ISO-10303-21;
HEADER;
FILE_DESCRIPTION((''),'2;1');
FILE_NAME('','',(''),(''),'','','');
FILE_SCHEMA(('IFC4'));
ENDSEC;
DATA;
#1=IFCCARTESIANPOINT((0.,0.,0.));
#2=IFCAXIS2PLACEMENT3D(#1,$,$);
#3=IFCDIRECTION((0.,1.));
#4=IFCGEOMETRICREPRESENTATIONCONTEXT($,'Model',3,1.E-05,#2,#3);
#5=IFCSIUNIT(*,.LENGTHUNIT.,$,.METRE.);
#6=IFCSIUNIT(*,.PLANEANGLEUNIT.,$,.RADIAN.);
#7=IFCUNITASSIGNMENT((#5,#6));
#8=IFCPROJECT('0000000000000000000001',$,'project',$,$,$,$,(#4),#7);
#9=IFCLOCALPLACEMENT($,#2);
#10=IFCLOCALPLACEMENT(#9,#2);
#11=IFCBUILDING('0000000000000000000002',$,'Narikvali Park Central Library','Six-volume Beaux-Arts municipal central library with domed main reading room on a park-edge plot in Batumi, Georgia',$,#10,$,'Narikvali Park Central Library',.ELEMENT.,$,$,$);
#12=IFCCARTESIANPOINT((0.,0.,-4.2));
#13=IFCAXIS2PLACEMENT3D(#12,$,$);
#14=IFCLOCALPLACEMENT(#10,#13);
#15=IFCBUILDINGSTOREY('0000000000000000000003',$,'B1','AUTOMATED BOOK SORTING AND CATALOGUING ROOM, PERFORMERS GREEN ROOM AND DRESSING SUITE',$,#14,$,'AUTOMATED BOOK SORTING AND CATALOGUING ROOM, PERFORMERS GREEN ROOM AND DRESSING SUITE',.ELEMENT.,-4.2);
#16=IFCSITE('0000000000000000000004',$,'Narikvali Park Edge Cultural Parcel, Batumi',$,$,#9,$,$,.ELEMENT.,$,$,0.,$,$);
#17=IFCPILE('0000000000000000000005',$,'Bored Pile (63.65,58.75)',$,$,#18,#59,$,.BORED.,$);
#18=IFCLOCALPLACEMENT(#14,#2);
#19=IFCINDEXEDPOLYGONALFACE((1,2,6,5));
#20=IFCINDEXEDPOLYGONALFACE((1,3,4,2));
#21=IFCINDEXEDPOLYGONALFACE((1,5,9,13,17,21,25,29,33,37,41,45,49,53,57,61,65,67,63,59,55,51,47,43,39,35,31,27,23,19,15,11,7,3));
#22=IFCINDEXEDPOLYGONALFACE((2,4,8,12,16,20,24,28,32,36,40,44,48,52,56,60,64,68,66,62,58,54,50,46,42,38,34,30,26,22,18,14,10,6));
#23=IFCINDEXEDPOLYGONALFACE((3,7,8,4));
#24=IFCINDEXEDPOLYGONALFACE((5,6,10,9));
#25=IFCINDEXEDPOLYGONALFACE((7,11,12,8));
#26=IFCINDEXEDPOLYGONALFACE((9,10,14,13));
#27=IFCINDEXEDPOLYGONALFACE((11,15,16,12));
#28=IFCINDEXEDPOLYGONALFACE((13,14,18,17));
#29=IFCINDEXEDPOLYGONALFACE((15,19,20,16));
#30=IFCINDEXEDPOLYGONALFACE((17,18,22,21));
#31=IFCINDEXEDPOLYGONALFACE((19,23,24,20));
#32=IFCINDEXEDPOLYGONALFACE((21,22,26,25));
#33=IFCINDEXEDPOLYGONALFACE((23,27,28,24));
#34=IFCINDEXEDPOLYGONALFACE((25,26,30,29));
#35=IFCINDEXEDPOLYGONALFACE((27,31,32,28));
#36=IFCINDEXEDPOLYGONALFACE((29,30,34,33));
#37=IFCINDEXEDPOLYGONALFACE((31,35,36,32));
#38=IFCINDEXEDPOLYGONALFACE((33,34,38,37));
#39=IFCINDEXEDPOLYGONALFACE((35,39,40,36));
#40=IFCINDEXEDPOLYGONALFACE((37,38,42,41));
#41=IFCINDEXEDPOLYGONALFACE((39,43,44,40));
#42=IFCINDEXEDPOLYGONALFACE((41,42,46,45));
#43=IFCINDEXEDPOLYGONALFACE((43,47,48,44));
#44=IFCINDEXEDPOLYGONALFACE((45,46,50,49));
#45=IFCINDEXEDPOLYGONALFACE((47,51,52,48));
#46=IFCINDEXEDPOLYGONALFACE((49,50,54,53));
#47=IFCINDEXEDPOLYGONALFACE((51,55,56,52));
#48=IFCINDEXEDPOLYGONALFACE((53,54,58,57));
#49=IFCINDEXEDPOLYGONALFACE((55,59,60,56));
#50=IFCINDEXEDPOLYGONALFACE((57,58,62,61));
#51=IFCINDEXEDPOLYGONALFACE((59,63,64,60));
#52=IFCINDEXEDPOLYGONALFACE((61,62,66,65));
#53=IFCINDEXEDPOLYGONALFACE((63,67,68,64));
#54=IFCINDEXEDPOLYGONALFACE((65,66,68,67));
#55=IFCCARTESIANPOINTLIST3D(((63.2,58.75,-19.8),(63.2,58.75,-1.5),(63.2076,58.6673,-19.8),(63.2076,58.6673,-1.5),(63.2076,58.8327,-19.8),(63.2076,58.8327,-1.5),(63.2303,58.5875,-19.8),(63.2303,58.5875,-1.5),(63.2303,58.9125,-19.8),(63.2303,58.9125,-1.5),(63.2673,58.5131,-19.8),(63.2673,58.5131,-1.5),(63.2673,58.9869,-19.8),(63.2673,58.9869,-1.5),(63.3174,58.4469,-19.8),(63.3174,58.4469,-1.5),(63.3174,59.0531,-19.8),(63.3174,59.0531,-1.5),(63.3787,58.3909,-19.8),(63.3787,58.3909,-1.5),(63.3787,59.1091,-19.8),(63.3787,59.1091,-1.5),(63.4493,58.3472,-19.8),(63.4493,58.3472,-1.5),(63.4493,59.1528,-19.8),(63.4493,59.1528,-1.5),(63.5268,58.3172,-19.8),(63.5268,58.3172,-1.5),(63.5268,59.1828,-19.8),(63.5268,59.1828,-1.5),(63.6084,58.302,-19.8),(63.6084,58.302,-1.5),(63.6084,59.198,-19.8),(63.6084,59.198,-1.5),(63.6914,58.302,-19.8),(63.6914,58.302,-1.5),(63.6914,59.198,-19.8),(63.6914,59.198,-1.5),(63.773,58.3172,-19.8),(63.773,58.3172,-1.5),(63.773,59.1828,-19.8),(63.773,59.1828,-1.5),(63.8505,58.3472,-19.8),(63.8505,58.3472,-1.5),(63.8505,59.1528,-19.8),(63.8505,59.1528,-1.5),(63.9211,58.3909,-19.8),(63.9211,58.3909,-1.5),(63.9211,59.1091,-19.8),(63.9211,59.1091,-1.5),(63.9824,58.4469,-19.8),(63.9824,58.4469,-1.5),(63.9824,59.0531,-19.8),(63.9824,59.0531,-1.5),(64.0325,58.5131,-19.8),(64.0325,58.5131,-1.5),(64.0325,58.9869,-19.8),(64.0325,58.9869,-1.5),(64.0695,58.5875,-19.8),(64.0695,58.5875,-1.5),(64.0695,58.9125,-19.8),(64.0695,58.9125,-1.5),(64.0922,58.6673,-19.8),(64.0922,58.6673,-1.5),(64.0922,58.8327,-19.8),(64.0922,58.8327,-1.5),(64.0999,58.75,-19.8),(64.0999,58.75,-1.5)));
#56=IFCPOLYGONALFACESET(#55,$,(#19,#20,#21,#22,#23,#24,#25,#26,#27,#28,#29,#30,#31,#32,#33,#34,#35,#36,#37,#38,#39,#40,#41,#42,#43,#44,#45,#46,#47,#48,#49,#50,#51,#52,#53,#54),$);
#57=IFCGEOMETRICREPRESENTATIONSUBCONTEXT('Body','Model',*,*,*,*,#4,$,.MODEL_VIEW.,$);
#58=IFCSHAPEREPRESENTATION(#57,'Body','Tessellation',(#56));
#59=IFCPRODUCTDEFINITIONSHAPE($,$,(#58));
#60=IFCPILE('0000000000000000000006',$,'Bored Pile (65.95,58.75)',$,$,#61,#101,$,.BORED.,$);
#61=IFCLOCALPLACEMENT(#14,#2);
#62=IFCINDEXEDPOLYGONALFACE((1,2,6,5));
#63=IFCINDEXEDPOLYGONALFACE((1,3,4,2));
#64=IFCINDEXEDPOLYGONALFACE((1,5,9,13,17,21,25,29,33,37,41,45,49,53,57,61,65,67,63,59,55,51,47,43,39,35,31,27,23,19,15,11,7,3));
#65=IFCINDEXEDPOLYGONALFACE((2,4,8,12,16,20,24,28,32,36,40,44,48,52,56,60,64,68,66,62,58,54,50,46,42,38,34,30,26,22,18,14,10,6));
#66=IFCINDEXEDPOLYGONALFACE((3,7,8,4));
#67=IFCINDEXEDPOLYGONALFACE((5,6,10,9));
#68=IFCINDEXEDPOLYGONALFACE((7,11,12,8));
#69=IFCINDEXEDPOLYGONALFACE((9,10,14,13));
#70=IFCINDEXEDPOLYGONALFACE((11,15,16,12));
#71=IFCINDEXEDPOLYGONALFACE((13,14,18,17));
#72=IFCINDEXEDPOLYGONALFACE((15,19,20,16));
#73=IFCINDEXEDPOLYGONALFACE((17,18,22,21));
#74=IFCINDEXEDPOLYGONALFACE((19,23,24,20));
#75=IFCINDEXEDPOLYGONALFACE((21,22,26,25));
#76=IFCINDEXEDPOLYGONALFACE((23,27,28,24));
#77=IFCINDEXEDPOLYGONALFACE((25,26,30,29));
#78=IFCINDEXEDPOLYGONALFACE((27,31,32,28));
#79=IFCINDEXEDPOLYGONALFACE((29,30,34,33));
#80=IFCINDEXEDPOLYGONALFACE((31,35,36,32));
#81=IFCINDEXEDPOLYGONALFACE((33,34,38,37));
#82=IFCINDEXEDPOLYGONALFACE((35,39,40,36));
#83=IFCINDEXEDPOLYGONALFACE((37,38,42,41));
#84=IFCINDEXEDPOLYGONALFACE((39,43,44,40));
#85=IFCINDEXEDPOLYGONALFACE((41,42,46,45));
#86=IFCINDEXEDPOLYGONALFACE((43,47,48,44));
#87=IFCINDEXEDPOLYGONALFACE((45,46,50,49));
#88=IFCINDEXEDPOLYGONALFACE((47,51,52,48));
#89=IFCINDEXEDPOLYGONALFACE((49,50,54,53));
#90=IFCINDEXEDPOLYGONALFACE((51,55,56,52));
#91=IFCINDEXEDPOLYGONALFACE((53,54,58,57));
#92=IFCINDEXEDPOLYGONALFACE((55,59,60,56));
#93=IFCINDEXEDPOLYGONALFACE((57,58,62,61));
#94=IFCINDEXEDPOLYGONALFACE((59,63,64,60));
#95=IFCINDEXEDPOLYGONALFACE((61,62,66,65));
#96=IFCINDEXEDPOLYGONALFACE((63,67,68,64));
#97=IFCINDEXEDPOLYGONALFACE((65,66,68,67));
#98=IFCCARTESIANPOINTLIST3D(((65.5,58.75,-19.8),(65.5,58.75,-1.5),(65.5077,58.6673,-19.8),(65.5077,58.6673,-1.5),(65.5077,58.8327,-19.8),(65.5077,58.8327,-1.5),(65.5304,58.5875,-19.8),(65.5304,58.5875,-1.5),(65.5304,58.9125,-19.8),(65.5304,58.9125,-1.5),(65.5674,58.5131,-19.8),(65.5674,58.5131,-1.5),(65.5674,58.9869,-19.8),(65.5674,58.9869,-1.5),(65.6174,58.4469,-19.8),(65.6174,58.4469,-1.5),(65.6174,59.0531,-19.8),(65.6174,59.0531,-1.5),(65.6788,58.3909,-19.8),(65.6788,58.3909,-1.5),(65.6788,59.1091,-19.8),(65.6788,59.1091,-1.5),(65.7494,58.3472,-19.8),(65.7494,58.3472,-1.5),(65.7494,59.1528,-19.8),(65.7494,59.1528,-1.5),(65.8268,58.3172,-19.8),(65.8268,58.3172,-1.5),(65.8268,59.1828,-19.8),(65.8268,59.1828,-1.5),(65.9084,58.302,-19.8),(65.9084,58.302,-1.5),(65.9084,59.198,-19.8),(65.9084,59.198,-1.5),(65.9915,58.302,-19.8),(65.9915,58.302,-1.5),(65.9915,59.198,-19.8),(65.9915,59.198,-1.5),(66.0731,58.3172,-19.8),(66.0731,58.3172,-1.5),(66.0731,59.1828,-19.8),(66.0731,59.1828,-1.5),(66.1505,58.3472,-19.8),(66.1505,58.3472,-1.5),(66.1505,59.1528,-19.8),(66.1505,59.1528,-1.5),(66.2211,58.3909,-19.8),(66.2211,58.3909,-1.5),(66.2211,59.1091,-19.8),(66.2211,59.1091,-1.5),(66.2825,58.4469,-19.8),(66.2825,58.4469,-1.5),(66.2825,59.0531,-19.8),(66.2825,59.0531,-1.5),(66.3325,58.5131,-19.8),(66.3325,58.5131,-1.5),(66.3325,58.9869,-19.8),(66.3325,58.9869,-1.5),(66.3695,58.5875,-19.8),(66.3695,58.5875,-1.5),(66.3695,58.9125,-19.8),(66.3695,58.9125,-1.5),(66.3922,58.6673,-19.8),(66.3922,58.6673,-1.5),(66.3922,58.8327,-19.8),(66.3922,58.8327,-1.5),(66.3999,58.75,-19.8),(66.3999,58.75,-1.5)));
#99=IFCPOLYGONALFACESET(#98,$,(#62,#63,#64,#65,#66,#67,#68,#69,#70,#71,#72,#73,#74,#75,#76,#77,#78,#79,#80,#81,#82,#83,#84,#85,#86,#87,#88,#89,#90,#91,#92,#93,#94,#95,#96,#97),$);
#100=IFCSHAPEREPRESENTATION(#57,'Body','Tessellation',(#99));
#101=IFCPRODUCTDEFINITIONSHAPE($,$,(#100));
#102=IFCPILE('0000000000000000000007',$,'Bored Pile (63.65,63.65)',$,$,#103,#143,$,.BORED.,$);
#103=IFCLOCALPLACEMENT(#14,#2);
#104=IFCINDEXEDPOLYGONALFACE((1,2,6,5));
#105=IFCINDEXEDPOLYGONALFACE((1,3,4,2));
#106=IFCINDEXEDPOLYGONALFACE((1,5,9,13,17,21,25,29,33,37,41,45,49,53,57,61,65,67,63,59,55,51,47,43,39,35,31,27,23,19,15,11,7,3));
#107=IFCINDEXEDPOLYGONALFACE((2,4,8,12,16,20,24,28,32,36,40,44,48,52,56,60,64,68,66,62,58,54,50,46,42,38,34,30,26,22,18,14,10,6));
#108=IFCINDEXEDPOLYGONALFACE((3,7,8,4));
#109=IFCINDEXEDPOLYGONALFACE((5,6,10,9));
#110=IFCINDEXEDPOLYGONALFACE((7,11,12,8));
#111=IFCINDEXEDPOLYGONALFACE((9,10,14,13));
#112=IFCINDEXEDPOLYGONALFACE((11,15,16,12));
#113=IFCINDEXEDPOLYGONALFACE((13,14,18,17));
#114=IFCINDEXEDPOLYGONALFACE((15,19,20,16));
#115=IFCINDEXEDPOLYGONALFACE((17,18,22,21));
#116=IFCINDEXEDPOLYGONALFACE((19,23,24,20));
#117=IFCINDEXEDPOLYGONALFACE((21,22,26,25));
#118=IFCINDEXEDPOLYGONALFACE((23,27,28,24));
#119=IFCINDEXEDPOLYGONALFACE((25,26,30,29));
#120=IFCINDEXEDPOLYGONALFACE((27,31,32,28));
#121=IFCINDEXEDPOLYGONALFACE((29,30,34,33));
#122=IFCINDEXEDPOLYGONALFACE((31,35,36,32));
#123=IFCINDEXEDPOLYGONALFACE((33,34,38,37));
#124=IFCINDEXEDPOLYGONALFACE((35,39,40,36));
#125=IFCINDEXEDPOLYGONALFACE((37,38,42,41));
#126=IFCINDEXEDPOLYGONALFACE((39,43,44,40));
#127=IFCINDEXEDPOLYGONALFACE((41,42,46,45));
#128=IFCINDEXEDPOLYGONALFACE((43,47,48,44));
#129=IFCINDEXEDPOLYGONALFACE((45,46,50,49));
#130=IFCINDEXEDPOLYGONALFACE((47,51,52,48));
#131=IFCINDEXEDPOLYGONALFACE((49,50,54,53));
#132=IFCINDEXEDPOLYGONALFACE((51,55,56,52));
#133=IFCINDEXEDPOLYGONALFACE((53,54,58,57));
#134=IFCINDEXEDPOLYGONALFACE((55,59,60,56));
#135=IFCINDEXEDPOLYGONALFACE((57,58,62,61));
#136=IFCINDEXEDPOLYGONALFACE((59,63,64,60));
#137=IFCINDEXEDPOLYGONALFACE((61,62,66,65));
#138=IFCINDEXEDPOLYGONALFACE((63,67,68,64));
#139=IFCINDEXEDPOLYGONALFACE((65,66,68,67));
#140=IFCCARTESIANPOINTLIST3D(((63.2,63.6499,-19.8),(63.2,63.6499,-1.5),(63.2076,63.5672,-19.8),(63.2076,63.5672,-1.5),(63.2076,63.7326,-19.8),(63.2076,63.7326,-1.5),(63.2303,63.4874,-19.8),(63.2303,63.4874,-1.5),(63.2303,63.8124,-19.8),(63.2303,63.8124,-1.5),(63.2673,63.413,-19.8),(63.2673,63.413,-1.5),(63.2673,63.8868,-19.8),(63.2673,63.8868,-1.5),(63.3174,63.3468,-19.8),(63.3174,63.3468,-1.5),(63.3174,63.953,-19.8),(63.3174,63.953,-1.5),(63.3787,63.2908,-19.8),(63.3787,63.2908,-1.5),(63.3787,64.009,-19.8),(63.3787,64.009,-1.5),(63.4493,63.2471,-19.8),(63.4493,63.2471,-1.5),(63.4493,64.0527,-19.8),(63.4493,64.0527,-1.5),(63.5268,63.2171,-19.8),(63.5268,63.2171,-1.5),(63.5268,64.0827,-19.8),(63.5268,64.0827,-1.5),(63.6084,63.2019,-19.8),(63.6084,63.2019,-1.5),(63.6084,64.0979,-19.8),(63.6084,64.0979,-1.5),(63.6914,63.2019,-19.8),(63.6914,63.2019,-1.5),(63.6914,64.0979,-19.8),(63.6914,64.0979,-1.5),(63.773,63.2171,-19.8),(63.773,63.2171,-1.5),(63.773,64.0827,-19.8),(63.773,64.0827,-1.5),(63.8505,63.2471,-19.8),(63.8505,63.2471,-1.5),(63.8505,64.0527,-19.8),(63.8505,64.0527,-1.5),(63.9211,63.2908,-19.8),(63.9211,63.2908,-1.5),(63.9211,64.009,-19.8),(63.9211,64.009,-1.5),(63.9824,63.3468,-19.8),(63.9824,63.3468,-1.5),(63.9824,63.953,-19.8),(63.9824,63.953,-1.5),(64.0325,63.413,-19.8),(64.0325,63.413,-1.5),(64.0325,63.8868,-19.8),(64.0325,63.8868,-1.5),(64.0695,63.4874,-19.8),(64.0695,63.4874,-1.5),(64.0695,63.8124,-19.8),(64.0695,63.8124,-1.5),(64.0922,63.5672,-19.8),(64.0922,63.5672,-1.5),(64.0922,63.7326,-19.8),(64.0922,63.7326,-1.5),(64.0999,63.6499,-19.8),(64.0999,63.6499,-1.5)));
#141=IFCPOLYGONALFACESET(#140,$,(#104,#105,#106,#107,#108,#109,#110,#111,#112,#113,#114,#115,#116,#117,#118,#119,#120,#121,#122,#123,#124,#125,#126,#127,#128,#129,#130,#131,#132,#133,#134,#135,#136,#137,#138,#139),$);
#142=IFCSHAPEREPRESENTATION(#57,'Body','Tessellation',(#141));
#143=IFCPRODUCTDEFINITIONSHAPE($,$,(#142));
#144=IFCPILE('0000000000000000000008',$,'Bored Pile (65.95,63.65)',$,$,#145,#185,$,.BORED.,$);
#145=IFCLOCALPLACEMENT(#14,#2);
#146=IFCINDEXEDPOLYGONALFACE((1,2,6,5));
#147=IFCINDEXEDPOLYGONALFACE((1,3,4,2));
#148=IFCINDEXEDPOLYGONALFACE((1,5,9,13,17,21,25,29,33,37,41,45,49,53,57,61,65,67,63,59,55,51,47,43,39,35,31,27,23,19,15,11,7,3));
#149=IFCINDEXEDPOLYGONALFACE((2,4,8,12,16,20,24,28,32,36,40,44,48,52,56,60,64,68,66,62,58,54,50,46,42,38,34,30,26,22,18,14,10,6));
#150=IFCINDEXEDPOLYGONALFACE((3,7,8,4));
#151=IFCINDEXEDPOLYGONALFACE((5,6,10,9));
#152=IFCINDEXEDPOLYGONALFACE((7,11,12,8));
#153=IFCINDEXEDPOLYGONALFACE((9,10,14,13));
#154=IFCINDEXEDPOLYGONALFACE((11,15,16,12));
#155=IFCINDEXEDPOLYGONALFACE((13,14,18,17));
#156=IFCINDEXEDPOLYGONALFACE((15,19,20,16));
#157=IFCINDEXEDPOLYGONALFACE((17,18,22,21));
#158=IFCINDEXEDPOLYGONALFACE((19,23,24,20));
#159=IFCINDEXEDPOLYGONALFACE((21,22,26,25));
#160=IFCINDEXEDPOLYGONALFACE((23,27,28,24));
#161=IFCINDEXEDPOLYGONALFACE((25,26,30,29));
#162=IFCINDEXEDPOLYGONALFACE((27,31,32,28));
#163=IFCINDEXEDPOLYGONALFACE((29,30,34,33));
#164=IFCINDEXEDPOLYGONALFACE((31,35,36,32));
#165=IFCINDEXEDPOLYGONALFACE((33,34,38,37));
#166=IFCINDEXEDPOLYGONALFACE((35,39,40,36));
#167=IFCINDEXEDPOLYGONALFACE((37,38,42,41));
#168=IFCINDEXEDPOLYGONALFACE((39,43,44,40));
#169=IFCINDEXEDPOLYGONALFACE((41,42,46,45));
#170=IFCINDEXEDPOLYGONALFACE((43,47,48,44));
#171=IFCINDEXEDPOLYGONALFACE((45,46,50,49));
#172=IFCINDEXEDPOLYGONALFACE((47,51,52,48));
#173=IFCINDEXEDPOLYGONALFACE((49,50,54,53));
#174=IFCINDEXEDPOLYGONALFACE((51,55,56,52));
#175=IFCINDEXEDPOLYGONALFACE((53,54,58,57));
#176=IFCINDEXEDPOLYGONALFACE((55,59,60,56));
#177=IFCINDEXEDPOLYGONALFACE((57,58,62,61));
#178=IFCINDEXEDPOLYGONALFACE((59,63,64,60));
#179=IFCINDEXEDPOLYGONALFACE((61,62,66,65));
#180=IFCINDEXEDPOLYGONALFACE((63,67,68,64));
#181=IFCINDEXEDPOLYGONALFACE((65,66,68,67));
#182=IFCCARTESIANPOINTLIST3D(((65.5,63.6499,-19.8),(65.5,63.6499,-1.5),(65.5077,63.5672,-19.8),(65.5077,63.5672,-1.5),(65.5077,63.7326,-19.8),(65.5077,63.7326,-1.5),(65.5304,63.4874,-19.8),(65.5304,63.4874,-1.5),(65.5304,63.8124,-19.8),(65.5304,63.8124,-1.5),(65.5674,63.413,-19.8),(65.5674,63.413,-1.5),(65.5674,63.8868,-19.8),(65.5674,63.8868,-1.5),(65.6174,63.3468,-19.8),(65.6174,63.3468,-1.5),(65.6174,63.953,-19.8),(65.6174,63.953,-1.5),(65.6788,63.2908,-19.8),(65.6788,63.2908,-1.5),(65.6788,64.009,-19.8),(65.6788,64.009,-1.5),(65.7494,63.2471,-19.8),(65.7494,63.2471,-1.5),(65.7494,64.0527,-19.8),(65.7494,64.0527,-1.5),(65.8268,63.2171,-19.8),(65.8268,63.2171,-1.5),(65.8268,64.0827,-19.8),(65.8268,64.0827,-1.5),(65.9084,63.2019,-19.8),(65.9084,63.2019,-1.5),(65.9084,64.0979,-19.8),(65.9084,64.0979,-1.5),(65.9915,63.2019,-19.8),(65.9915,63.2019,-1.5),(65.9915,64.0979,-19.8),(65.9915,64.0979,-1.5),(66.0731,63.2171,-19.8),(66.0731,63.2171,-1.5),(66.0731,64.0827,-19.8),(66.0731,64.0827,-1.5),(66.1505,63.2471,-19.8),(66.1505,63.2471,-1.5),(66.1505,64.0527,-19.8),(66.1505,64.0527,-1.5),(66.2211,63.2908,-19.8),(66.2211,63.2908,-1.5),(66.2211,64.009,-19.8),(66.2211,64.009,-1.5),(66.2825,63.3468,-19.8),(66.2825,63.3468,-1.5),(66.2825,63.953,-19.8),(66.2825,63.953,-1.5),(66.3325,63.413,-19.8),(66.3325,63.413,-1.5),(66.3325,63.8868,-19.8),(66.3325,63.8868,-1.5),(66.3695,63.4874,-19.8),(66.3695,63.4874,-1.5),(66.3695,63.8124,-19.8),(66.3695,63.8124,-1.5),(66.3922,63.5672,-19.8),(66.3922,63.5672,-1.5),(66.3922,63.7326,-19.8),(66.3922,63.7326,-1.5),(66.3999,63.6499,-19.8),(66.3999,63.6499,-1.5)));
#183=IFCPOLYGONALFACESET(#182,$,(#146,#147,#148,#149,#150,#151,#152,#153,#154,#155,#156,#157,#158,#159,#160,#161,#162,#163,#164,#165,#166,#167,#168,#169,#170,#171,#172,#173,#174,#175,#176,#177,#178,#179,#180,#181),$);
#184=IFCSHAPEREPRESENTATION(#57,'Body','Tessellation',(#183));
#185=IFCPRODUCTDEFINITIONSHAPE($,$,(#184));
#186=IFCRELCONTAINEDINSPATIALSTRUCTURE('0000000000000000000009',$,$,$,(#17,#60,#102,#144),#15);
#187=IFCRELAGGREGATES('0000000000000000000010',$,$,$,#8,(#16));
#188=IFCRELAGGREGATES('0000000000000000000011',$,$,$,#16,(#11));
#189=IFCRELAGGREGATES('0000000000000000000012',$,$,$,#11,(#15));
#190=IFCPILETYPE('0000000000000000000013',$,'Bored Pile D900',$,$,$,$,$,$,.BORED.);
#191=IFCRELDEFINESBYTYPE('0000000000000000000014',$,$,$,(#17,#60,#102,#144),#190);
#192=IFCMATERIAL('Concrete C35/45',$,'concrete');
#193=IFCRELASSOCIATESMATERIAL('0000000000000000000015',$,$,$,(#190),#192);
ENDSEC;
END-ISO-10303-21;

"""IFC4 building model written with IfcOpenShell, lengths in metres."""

from ifc_helpers import new_model, si_unit, direction, frame, origin, origin_2d, place, context, subcontext, project, spatial, circle, extrude, material, material_profile, profile_set, type_object, element, save


model = new_model("IFC4")

# Units and contexts
model_context = context("Model", 3, precision=1e-05, world=origin(), true_north=direction((0.0, 1.0)))
body_context = subcontext(model_context, "Body", "Model", "MODEL_VIEW")
ifc_project = project(units=[si_unit("LENGTHUNIT", "METRE"), si_unit("PLANEANGLEUNIT", "RADIAN")], contexts=[model_context])

# Site, building, storey
site_placement = place(None, origin())
site = spatial("IfcSite", under=ifc_project, at=site_placement, Name="Narikvali Park Edge Cultural Parcel, Batumi", CompositionType="ELEMENT", RefElevation=0.0)
building_placement = place(site_placement, origin())
building = spatial("IfcBuilding", under=site, at=building_placement, Name="Narikvali Park Central Library", Description="Six-volume Beaux-Arts municipal central library with domed main reading room on a park-edge plot in Batumi, Georgia", LongName="Narikvali Park Central Library", CompositionType="ELEMENT")
storey_placement = place(building_placement, frame((0.0, 0.0, -4.2)))
storey = spatial("IfcBuildingStorey", under=building, at=storey_placement, Name="B1", Description="AUTOMATED BOOK SORTING AND CATALOGUING ROOM, PERFORMERS GREEN ROOM AND DRESSING SUITE", LongName="AUTOMATED BOOK SORTING AND CATALOGUING ROOM, PERFORMERS GREEN ROOM AND DRESSING SUITE", CompositionType="ELEMENT", Elevation=-4.2)

# Piles
ifc_material_1 = material(Name="Concrete C35/45", Category="concrete")
ifc_material_profile_1 = material_profile(ifc_material_1, circle(Radius=0.45, at=origin_2d()), Name="PILE D900")
ifc_profile_set_1 = profile_set([ifc_material_profile_1], Name="Concrete C35/45")
pile_type = type_object("IfcPileType", Name="Bored Pile D900", PredefinedType="BORED", material=ifc_profile_set_1)
for number, where, z_axis, x_axis, name in (
    (1, (63.6499, 58.75, -1.5), (0.0, 0.0, -1.0), (1.0, 0.0, 0.0), "Bored Pile (63.65,58.75)"),
    (2, (65.95, 58.75, -1.5), (0.0, 0.0, -1.0), (1.0, 0.0, 0.0), "Bored Pile (65.95,58.75)"),
    (3, (63.6499, 63.6499, -1.5), (0.0, 0.0, -1.0), (1.0, 0.0, 0.0), "Bored Pile (63.65,63.65)"),
    (4, (65.95, 63.6499, -1.5), (0.0, 0.0, -1.0), (1.0, 0.0, 0.0), "Bored Pile (65.95,63.65)"),
):
    element("IfcPile", number, at=place(storey_placement, frame(where, z_axis=z_axis, x_axis=x_axis)), inside=storey, type_object=pile_type, Name=name, PredefinedType="BORED", context=body_context, shape_type="SweptSolid", body=[
        extrude(circle(Radius=0.45, at=origin_2d()), origin(), (0.0, 0.0, 1.0), 18.3),
    ])

save(model, "model.ifc")
